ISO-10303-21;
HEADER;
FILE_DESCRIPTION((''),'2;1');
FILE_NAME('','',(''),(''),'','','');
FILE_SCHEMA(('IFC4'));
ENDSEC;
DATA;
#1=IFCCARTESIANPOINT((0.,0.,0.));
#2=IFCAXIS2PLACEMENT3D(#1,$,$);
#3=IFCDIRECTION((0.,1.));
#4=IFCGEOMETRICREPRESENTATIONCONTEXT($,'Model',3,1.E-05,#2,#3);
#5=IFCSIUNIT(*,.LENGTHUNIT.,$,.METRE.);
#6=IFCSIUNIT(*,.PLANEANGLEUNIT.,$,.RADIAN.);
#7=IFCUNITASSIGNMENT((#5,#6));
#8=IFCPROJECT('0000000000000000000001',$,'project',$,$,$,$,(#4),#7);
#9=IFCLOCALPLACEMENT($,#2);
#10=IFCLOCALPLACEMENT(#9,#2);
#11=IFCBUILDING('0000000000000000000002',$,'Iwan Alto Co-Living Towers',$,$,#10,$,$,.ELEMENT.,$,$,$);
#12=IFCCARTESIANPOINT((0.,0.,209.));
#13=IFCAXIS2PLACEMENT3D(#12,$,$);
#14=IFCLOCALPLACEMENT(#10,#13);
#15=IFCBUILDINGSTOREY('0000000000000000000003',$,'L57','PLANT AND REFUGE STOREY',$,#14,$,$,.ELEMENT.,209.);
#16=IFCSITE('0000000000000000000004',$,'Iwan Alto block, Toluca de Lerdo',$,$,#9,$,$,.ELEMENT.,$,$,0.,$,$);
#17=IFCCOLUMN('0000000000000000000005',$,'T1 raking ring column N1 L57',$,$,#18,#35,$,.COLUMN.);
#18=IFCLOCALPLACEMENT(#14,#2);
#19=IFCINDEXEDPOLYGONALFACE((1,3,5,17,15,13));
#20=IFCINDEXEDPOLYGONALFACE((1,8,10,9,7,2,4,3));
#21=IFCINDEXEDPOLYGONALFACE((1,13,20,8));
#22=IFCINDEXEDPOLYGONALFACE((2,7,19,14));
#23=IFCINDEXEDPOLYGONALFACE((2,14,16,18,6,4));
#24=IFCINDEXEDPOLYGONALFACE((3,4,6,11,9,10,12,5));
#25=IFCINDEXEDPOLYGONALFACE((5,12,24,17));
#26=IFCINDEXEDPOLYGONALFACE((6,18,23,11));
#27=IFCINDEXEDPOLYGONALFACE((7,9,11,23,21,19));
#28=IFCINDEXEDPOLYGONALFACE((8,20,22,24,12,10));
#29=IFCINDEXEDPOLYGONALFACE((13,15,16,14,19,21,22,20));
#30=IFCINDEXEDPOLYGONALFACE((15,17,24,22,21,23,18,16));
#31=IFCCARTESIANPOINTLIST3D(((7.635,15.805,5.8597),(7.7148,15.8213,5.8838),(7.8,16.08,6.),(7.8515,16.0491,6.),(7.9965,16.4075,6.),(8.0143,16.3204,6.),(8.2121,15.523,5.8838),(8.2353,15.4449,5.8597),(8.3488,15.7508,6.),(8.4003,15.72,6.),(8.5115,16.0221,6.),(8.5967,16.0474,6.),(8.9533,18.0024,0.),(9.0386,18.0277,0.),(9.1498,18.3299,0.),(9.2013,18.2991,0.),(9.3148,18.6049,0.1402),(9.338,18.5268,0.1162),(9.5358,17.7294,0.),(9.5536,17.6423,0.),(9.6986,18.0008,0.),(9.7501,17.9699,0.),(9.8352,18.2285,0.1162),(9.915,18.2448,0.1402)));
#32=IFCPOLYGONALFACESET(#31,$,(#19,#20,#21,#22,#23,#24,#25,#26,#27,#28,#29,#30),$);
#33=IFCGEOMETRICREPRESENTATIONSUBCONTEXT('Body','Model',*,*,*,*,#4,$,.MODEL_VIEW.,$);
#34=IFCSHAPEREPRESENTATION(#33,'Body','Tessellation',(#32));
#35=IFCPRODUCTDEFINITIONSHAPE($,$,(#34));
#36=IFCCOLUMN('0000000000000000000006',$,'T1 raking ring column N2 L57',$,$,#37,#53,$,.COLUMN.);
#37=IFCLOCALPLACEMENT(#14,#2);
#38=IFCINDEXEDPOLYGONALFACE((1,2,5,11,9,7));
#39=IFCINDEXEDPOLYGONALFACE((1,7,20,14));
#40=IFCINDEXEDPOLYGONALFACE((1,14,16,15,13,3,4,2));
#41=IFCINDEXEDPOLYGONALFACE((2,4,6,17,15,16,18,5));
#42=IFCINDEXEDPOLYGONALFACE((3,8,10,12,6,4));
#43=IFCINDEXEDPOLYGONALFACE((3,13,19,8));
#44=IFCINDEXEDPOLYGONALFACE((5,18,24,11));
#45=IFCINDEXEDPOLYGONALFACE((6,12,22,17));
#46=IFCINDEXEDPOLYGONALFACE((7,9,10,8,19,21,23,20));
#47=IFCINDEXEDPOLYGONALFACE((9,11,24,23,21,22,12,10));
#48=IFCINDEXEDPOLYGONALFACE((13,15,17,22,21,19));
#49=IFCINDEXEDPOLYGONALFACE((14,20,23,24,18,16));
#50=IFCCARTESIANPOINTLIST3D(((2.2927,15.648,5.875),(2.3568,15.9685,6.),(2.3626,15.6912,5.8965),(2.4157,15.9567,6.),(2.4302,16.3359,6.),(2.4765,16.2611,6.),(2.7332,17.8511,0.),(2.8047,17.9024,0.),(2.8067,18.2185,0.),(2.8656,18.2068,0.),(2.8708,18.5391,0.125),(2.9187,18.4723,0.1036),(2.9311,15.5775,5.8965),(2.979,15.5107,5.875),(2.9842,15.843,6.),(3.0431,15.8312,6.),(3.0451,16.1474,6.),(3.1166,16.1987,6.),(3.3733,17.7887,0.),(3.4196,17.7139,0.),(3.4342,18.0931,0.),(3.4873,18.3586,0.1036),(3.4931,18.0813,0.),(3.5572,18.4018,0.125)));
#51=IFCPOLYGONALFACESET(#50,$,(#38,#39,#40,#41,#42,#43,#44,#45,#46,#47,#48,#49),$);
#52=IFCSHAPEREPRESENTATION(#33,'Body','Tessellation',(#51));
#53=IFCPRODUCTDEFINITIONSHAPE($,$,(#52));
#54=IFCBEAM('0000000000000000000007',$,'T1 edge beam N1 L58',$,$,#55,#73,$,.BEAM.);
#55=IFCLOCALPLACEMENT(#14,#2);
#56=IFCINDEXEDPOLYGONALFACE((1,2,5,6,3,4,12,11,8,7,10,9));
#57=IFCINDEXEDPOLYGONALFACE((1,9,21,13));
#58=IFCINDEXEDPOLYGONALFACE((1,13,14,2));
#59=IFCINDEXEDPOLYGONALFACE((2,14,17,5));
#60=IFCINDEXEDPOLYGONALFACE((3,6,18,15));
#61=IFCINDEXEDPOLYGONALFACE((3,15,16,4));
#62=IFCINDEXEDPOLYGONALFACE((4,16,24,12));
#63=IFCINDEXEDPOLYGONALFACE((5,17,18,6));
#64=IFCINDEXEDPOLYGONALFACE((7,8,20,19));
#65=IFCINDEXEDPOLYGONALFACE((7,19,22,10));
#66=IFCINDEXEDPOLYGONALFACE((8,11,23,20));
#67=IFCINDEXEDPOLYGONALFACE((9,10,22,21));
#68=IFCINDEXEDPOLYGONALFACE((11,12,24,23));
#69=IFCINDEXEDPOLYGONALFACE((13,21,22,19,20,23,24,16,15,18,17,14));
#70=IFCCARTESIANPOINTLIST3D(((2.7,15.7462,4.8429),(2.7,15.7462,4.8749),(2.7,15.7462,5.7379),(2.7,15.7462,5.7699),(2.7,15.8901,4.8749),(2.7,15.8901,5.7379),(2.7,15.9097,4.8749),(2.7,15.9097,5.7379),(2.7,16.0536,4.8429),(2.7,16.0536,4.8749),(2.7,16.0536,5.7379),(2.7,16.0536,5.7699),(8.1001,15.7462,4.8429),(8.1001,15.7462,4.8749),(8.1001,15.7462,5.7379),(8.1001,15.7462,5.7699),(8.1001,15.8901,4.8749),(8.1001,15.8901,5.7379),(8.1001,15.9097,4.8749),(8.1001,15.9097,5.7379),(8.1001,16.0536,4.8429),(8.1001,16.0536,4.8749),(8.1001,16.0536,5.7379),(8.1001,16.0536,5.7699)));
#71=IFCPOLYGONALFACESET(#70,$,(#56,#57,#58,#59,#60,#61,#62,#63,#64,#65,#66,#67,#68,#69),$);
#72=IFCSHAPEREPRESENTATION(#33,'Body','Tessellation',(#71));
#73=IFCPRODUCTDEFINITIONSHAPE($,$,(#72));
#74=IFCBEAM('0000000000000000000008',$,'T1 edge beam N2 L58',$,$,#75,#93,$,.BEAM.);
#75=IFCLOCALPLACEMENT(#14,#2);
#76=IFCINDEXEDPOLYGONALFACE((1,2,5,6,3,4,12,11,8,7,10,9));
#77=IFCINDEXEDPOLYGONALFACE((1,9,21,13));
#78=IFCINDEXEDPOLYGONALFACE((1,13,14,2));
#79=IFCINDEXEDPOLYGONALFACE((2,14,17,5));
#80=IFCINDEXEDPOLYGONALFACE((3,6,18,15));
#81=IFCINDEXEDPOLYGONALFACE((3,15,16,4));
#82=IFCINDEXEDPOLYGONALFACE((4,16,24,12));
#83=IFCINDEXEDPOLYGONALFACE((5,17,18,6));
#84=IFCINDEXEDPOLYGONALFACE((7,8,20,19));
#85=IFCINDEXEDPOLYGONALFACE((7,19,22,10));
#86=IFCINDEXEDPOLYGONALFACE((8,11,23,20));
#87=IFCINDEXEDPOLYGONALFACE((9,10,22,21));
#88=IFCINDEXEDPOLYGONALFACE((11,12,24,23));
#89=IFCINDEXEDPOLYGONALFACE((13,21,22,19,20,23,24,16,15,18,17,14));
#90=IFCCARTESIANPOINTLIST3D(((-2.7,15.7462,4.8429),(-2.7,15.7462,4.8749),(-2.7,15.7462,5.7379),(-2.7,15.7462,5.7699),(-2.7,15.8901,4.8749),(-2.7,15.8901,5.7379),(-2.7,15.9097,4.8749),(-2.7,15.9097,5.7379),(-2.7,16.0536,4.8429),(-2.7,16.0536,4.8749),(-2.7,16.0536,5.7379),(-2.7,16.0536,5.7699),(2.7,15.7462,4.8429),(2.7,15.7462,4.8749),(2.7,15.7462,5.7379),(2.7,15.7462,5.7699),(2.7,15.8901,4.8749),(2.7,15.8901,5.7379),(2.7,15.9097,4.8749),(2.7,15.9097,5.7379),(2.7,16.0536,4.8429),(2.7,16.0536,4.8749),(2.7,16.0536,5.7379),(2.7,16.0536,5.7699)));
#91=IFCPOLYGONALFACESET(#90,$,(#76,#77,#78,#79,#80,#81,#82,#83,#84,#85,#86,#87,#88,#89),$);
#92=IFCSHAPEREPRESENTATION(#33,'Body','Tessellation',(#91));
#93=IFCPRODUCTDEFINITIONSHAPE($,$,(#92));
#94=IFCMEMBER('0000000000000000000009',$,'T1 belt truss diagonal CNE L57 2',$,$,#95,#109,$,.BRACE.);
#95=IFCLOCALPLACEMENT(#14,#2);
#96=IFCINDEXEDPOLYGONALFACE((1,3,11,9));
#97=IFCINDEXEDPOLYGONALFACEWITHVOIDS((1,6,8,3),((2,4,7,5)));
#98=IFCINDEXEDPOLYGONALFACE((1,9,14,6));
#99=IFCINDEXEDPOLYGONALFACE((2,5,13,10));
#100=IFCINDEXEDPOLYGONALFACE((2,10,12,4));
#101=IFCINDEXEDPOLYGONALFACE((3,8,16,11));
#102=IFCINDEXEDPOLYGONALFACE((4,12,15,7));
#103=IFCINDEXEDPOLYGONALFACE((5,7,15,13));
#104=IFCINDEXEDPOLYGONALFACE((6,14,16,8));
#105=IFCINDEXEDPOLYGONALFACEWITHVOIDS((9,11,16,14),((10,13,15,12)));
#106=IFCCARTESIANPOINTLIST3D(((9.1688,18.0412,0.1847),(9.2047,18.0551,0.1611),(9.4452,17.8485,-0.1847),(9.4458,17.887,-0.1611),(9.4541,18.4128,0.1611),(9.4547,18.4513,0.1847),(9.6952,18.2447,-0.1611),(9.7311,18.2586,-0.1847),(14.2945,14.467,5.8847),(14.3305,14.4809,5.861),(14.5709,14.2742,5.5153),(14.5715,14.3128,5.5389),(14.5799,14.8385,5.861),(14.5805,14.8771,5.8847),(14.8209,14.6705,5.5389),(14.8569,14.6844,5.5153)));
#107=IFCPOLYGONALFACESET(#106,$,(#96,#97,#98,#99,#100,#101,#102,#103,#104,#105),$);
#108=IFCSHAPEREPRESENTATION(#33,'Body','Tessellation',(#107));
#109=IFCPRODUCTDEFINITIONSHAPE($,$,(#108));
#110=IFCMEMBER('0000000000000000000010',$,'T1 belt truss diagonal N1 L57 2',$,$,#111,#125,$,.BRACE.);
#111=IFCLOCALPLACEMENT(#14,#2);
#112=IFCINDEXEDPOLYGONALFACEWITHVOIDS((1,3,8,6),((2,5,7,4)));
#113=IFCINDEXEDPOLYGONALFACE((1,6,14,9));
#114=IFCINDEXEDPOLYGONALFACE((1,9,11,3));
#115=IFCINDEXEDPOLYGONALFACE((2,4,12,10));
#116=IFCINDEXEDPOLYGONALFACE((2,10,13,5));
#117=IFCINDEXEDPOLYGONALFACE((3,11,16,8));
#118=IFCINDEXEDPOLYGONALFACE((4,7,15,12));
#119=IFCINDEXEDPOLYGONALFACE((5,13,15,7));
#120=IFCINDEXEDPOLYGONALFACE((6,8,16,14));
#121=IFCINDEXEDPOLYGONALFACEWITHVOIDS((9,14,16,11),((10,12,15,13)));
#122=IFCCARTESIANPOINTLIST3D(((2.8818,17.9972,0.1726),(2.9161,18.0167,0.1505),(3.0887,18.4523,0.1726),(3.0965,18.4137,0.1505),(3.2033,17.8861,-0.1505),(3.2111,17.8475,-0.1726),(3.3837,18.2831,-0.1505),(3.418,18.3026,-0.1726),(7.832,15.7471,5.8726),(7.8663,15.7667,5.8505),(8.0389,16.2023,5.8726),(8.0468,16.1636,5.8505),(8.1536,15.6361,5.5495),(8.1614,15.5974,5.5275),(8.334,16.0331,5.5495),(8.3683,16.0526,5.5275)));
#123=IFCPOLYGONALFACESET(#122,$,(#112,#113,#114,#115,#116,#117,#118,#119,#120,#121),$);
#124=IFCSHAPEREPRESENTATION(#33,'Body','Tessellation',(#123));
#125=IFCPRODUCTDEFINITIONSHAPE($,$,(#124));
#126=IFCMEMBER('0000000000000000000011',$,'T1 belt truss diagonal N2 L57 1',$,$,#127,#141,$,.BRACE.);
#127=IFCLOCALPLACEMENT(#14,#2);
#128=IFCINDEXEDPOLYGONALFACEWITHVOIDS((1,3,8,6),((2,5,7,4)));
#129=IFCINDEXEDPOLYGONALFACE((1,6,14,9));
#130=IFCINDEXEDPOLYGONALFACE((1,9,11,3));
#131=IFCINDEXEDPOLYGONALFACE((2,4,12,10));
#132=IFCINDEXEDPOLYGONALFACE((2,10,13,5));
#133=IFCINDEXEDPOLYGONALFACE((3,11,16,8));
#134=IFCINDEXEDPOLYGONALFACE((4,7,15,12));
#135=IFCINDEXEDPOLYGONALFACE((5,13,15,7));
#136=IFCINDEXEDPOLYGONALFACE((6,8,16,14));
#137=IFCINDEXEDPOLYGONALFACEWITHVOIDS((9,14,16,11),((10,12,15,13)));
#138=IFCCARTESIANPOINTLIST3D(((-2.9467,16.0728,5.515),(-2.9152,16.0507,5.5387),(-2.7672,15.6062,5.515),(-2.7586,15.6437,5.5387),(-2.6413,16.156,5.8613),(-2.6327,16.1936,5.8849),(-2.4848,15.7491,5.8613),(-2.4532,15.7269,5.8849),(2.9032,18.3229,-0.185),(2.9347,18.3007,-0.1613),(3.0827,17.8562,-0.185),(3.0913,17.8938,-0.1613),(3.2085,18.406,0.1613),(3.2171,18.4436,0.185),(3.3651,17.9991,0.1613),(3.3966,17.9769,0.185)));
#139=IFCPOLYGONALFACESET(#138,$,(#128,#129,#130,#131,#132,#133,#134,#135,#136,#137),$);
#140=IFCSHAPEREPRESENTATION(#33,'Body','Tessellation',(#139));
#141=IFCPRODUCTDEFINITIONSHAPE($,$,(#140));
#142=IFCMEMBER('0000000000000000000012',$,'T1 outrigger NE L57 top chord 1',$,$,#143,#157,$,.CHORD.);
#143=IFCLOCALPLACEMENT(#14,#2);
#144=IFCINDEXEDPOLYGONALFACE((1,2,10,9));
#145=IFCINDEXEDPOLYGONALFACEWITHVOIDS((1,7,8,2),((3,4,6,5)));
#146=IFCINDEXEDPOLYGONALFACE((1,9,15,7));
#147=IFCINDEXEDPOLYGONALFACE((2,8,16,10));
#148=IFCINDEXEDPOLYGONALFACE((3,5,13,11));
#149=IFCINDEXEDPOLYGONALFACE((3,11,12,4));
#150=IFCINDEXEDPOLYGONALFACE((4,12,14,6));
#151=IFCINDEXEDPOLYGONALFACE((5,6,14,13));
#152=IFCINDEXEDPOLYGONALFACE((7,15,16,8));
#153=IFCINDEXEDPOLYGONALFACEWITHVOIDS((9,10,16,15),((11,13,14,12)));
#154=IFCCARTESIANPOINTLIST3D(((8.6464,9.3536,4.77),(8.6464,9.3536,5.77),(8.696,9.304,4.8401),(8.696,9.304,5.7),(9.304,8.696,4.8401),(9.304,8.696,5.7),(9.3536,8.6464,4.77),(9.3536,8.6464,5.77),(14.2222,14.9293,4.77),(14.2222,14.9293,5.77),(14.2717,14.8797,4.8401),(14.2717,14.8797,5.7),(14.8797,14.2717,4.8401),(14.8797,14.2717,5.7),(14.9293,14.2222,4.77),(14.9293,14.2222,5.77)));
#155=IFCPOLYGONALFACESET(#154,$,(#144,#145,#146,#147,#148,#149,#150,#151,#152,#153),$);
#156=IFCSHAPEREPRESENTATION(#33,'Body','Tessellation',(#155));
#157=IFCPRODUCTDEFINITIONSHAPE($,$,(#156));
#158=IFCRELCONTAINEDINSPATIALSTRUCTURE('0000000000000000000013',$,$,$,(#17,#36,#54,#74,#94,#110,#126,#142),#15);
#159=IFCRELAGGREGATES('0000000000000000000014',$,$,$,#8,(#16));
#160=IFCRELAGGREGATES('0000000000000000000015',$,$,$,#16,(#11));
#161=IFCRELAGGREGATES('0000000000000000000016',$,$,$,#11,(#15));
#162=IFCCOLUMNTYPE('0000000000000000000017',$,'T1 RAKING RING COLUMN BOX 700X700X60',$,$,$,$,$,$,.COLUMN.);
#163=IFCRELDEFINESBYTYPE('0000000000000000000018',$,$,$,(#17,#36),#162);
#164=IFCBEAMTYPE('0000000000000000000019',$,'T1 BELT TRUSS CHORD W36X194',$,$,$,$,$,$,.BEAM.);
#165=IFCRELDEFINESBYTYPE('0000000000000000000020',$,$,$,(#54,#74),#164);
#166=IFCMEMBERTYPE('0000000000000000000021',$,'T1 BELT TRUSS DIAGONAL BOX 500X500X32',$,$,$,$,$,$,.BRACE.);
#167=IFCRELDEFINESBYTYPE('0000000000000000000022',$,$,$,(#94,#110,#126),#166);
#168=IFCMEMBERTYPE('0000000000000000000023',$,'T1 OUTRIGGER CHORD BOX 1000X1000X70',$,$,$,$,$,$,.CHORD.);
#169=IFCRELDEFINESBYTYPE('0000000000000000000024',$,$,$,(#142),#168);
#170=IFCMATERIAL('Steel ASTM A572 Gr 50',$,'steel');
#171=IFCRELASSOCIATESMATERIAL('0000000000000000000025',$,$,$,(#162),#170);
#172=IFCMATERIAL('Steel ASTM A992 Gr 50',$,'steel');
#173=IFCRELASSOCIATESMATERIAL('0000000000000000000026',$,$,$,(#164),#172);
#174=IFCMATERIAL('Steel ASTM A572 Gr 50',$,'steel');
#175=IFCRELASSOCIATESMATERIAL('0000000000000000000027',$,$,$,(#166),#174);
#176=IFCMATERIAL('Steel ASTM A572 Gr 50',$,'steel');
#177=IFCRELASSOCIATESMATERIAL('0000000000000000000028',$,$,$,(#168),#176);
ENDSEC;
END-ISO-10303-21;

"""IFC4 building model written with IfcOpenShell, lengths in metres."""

from ifc_helpers import new_model, si_unit, direction, frame, origin, origin_2d, place, context, subcontext, project, spatial, hollow_rectangle, i_section, extrude, clip, halfspace, material, material_profile, profile_set, type_object, element, save


model = new_model("IFC4")

# Units and contexts
model_context = context("Model", 3, precision=1e-05, world=origin(), true_north=direction((0.0, 1.0)))
body_context = subcontext(model_context, "Body", "Model", "MODEL_VIEW")
ifc_project = project(units=[si_unit("LENGTHUNIT", "METRE"), si_unit("PLANEANGLEUNIT", "RADIAN")], contexts=[model_context])

# Site, building, storey
site_placement = place(None, origin())
site = spatial("IfcSite", under=ifc_project, at=site_placement, Name="Iwan Alto block, Toluca de Lerdo", CompositionType="ELEMENT", RefElevation=0.0)
building_placement = place(site_placement, origin())
building = spatial("IfcBuilding", under=site, at=building_placement, Name="Iwan Alto Co-Living Towers", CompositionType="ELEMENT")
storey_placement = place(building_placement, frame((0.0, 0.0, 209.0)))
storey = spatial("IfcBuildingStorey", under=building, at=storey_placement, Name="L57", Description="PLANT AND REFUGE STOREY", CompositionType="ELEMENT", Elevation=209.0)

# Columns
ifc_material_1 = material(Name="Steel ASTM A572 Gr 50", Category="steel")
ifc_material_profile_1 = material_profile(ifc_material_1, hollow_rectangle(XDim=0.7, YDim=0.7, WallThickness=0.0601, at=origin_2d()), Name="BOX 700X700X60")
ifc_profile_set_1 = profile_set([ifc_material_profile_1], Name="Steel ASTM A572 Gr 50")
column_type = type_object("IfcColumnType", Name="T1 RAKING RING COLUMN BOX 700X700X60", PredefinedType="COLUMN", material=ifc_profile_set_1)
column_1_placement = place(storey_placement, frame((9.45, 18.1499, 0.0), z_axis=(-0.206128, -0.343583, 0.916222), x_axis=(0.857518, -0.514455, 0.0)))
element("IfcColumn", 1, at=column_1_placement, inside=storey, type_object=column_type, Name="T1 raking ring column N1 L57", PredefinedType="COLUMN", context=body_context, shape_type="Clipping", body=[
    clip(clip(extrude(hollow_rectangle(XDim=0.7, YDim=0.7, WallThickness=0.0601, at=origin_2d()), origin(), (0.0, 0.0, 1.0), 6.5486), halfspace(frame((0.0, 0.0, 0.0), z_axis=(0.0, -0.400672, -0.916222), x_axis=(0.857518, 0.471355, -0.206128)), False)), halfspace(frame((0.0, 2.4041, 5.4973), z_axis=(0.0, 0.400672, 0.916222), x_axis=(0.857518, 0.471355, -0.206128)), False)),
])
column_2_placement = place(storey_placement, frame((3.1499, 18.1499, 0.0), z_axis=(-0.070045, -0.350261, 0.934029), x_axis=(0.980585, -0.196096, 0.0)))
element("IfcColumn", 2, at=column_2_placement, inside=storey, type_object=column_type, Name="T1 raking ring column N2 L57", PredefinedType="COLUMN", context=body_context, shape_type="Clipping", body=[
    clip(clip(extrude(hollow_rectangle(XDim=0.7, YDim=0.7, WallThickness=0.0601, at=origin_2d()), origin(), (0.0, 0.0, 1.0), 6.4238), halfspace(frame((0.0, 0.0, 0.0), z_axis=(0.0, -0.357196, -0.934029), x_axis=(0.980585, 0.183159, -0.070045)), False)), halfspace(frame((0.0, 2.1431, 5.6042), z_axis=(0.0, 0.357196, 0.934029), x_axis=(0.980585, 0.183159, -0.070045)), False)),
])

# Beams
ifc_material_2 = material(Name="Steel ASTM A992 Gr 50", Category="steel")
ifc_material_profile_2 = material_profile(ifc_material_2, i_section(OverallWidth=0.3074, OverallDepth=0.927, WebThickness=0.0195, FlangeThickness=0.032, at=origin_2d()), Name="W36X194")
ifc_profile_set_2 = profile_set([ifc_material_profile_2], Name="Steel ASTM A992 Gr 50")
beam_type_1 = type_object("IfcBeamType", Name="T1 BELT TRUSS CHORD W36X194", PredefinedType="BEAM", material=ifc_profile_set_2)
beam_1_placement = place(storey_placement, frame((8.1001, 15.8999, 5.3064), z_axis=(-1.0, 0.0, 0.0), x_axis=(0.0, -1.0, 0.0)))
element("IfcBeam", 3, at=beam_1_placement, inside=storey, type_object=beam_type_1, Name="T1 edge beam N1 L58", PredefinedType="BEAM", context=body_context, shape_type="SweptSolid", body=[
    extrude(i_section(OverallWidth=0.3074, OverallDepth=0.927, WebThickness=0.0195, FlangeThickness=0.032, at=origin_2d()), origin(), (0.0, 0.0, 1.0), 5.4001),
])
beam_2_placement = place(storey_placement, frame((2.7, 15.8999, 5.3064), z_axis=(-1.0, 0.0, 0.0), x_axis=(0.0, -1.0, 0.0)))
element("IfcBeam", 4, at=beam_2_placement, inside=storey, type_object=beam_type_1, Name="T1 edge beam N2 L58", PredefinedType="BEAM", context=body_context, shape_type="SweptSolid", body=[
    extrude(i_section(OverallWidth=0.3074, OverallDepth=0.927, WebThickness=0.0195, FlangeThickness=0.032, at=origin_2d()), origin(), (0.0, 0.0, 1.0), 5.3999),
])

# Members
ifc_material_3 = material(Name="Steel ASTM A572 Gr 50", Category="steel")
ifc_material_profile_3 = material_profile(ifc_material_3, hollow_rectangle(XDim=0.5, YDim=0.5, WallThickness=0.032, at=origin_2d()), Name="BOX 500X500X32")
ifc_profile_set_3 = profile_set([ifc_material_profile_3], Name="Steel ASTM A572 Gr 50")
member_type_1 = type_object("IfcMemberType", Name="T1 BELT TRUSS DIAGONAL BOX 500X500X32", PredefinedType="BRACE", material=ifc_profile_set_3)
member_1_placement = place(storey_placement, frame((9.45, 18.1499, 0.0), z_axis=(0.606022, -0.422585, 0.673913), x_axis=(0.57198, 0.820268, 0.0)))
element("IfcMember", 5, at=member_1_placement, inside=storey, type_object=member_type_1, Name="T1 belt truss diagonal CNE L57 2", PredefinedType="BRACE", context=body_context, shape_type="SweptSolid", body=[
    extrude(hollow_rectangle(XDim=0.5, YDim=0.5, WallThickness=0.032, at=origin_2d()), origin(), (0.0, 0.0, 1.0), 8.458),
])
member_2_placement = place(storey_placement, frame((3.1499, 18.1499, 0.0), z_axis=(0.62839, -0.28562, 0.723566), x_axis=(0.413789, 0.910373, 0.0)))
element("IfcMember", 6, at=member_2_placement, inside=storey, type_object=member_type_1, Name="T1 belt truss diagonal N1 L57 2", PredefinedType="BRACE", context=body_context, shape_type="SweptSolid", body=[
    extrude(hollow_rectangle(XDim=0.5, YDim=0.5, WallThickness=0.032, at=origin_2d()), origin(), (0.0, 0.0, 1.0), 7.8777),
])
member_3_placement = place(storey_placement, frame((3.1499, 18.1499, 0.0), z_axis=(-0.690503, -0.265585, 0.672808), x_axis=(0.358987, -0.933343, 0.0)))
element("IfcMember", 7, at=member_3_placement, inside=storey, type_object=member_type_1, Name="T1 belt truss diagonal N2 L57 1", PredefinedType="BRACE", context=body_context, shape_type="SweptSolid", body=[
    extrude(hollow_rectangle(XDim=0.5, YDim=0.5, WallThickness=0.032, at=origin_2d()), origin(), (0.0, 0.0, 1.0), 8.4719),
])
ifc_material_4 = material(Name="Steel ASTM A572 Gr 50", Category="steel")
ifc_material_profile_4 = material_profile(ifc_material_4, hollow_rectangle(XDim=1.0, YDim=1.0, WallThickness=0.0701, at=origin_2d()), Name="BOX 1000X1000X70")
ifc_profile_set_4 = profile_set([ifc_material_profile_4], Name="Steel ASTM A572 Gr 50")
member_type_2 = type_object("IfcMemberType", Name="T1 OUTRIGGER CHORD BOX 1000X1000X70", PredefinedType="CHORD", material=ifc_profile_set_4)
member_4_placement = place(storey_placement, frame((9.0, 9.0, 5.27), z_axis=(0.707107, 0.707107, 0.0), x_axis=(-0.707107, 0.707107, 0.0)))
element("IfcMember", 8, at=member_4_placement, inside=storey, type_object=member_type_2, Name="T1 outrigger NE L57 top chord 1", PredefinedType="CHORD", context=body_context, shape_type="SweptSolid", body=[
    extrude(hollow_rectangle(XDim=1.0, YDim=1.0, WallThickness=0.0701, at=origin_2d()), origin(), (0.0, 0.0, 1.0), 7.8853),
])

save(model, "model.ifc")
